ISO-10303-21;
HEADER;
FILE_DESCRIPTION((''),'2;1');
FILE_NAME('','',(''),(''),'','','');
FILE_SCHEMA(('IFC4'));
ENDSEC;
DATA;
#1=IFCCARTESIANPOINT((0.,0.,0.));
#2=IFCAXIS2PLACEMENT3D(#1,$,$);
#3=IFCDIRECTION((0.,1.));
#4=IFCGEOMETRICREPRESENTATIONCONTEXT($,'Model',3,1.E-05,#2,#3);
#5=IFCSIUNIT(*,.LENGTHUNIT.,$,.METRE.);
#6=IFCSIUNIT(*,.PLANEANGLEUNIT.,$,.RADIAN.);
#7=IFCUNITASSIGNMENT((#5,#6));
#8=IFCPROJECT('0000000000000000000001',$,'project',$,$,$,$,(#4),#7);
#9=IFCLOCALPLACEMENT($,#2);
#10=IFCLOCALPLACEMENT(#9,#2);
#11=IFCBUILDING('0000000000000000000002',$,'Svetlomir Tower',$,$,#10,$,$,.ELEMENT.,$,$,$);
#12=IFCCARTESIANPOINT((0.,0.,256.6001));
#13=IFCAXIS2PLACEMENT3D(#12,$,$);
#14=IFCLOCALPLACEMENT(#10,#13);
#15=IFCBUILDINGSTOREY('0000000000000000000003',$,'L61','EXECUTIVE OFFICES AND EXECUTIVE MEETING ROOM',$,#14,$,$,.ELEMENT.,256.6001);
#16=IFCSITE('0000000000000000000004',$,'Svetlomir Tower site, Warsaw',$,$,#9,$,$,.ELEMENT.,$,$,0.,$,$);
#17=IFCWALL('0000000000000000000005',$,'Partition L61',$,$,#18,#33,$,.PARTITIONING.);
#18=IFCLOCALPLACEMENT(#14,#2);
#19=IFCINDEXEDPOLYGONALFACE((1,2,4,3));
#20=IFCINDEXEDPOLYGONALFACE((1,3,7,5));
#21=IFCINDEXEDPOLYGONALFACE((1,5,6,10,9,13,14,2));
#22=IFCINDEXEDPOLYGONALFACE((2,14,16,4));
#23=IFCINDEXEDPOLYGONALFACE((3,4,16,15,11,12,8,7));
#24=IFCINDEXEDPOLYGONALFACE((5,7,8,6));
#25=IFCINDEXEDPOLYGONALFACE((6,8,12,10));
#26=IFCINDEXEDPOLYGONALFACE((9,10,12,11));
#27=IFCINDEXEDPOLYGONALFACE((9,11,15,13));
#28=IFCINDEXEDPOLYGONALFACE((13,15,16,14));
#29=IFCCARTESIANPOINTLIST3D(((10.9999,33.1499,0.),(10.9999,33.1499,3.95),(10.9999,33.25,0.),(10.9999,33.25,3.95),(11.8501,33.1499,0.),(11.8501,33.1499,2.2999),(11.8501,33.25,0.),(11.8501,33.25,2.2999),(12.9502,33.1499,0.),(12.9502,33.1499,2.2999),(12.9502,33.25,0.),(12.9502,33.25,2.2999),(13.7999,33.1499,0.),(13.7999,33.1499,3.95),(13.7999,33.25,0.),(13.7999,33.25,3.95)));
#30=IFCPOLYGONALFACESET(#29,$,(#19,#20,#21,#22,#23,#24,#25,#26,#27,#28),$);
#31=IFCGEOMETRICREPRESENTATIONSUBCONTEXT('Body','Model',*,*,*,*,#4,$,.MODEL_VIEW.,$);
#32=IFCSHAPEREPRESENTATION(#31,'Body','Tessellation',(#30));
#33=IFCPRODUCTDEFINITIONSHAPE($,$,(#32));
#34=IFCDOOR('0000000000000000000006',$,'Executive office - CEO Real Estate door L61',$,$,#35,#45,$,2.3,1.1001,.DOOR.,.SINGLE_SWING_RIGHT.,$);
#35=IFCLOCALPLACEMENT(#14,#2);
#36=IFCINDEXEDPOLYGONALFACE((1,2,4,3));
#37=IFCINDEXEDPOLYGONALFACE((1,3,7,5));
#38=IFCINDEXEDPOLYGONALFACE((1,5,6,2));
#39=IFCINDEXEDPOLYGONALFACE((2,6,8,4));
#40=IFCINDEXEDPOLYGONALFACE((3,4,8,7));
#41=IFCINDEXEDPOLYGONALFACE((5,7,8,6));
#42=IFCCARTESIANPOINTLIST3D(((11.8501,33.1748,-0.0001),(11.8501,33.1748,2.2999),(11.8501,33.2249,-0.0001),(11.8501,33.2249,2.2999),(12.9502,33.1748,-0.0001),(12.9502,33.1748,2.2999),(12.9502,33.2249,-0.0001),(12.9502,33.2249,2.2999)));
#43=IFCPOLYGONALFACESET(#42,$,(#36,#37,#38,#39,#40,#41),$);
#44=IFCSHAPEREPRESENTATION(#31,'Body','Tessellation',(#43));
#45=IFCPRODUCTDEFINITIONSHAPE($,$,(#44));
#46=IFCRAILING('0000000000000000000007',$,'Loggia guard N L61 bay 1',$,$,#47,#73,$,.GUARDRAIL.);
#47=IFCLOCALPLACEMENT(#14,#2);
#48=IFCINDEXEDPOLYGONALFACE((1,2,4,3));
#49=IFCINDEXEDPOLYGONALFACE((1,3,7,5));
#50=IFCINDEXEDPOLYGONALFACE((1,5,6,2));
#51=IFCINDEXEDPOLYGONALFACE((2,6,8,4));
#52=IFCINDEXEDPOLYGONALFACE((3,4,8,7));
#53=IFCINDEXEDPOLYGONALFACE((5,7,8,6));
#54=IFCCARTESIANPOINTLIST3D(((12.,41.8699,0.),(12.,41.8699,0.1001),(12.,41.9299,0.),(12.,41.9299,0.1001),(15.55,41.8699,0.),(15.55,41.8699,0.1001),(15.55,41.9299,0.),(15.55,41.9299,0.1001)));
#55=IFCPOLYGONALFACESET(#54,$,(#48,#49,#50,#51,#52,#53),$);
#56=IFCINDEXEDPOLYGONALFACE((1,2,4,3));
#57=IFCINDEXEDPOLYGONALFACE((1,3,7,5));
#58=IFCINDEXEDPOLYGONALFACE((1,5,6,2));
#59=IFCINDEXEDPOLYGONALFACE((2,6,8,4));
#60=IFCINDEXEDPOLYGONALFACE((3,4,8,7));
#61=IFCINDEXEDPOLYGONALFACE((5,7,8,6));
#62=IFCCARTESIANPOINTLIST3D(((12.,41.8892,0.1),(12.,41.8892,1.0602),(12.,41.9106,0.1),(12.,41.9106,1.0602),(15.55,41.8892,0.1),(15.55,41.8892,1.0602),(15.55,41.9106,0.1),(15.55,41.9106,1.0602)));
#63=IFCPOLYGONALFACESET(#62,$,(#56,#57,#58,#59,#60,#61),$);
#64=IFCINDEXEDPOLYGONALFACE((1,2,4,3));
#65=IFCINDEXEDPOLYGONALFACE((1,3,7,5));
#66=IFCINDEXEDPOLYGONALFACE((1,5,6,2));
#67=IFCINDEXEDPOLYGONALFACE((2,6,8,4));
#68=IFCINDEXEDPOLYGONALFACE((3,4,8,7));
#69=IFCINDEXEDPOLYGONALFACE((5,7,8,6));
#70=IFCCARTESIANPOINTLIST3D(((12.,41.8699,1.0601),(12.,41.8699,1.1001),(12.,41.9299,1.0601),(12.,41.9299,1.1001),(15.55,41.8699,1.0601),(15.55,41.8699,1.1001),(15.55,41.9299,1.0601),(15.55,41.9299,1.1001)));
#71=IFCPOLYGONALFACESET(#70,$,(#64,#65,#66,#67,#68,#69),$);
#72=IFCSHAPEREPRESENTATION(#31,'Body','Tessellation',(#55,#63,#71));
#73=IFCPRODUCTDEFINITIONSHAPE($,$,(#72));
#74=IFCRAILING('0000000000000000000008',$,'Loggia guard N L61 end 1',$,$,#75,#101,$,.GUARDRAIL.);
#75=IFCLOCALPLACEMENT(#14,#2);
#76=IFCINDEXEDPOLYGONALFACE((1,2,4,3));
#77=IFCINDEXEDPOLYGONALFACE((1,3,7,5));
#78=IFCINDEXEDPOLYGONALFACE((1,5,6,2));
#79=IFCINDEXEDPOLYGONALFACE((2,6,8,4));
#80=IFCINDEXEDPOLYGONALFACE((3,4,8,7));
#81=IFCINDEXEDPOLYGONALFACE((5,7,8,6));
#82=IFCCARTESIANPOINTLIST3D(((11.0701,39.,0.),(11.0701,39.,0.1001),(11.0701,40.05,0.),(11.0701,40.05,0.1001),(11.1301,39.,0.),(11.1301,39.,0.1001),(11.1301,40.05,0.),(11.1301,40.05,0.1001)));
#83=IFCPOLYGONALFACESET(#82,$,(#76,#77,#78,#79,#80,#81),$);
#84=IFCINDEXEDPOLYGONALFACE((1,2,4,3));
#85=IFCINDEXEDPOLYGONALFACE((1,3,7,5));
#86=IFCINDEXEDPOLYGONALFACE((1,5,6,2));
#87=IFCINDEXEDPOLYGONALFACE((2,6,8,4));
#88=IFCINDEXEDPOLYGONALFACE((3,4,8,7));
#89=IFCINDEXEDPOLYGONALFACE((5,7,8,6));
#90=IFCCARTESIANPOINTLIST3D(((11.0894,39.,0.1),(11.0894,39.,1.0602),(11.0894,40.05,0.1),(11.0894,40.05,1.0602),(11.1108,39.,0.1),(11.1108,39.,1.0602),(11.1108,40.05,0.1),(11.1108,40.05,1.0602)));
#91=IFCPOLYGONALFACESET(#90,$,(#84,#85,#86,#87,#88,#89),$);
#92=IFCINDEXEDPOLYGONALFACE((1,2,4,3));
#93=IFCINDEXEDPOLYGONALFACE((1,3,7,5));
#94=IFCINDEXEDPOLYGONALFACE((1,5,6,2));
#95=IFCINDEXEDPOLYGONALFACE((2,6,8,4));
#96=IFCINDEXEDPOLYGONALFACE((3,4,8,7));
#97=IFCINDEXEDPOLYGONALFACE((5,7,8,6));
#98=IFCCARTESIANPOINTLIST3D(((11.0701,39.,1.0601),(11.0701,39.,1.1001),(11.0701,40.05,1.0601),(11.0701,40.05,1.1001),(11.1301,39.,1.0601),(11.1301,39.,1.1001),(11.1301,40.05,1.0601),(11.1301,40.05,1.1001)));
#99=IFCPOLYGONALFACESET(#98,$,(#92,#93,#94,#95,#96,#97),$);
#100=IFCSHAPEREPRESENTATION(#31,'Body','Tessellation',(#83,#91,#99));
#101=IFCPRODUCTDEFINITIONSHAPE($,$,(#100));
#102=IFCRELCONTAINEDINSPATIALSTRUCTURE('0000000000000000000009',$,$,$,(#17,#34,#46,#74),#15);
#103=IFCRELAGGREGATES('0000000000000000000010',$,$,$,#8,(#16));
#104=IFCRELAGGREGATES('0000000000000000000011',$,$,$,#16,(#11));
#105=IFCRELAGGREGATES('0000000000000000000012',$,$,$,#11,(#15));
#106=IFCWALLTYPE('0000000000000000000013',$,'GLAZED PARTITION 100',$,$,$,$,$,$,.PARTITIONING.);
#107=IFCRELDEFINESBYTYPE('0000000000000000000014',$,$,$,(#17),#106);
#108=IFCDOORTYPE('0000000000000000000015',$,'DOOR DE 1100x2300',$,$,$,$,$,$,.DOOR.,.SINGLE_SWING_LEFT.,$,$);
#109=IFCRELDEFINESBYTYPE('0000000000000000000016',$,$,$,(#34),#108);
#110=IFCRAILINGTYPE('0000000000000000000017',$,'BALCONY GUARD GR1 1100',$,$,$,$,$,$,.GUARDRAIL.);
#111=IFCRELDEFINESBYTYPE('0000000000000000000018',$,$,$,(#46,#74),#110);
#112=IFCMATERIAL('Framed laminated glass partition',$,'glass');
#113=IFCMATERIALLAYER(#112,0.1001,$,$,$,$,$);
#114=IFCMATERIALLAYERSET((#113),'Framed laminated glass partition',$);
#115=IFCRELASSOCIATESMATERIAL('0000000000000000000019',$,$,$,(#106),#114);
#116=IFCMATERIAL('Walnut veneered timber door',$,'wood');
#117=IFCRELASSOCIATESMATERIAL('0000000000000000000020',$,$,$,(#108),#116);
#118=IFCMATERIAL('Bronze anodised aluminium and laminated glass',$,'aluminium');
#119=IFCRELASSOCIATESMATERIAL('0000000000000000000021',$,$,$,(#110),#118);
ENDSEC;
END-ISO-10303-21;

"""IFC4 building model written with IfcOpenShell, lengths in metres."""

from ifc_helpers import new_model, si_unit, direction, frame, frame_2d, origin, origin_2d, place, context, subcontext, project, spatial, rectangle, extrude, material, layer, layer_set, type_object, element, fill, save


model = new_model("IFC4")

# Units and contexts
model_context = context("Model", 3, precision=1e-05, world=origin(), true_north=direction((0.0, 1.0)))
body_context = subcontext(model_context, "Body", "Model", "MODEL_VIEW")
ifc_project = project(units=[si_unit("LENGTHUNIT", "METRE"), si_unit("PLANEANGLEUNIT", "RADIAN")], contexts=[model_context])

# Site, building, storey
site_placement = place(None, origin())
site = spatial("IfcSite", under=ifc_project, at=site_placement, Name="Svetlomir Tower site, Warsaw", CompositionType="ELEMENT", RefElevation=0.0)
building_placement = place(site_placement, origin())
building = spatial("IfcBuilding", under=site, at=building_placement, Name="Svetlomir Tower", CompositionType="ELEMENT")
storey_placement = place(building_placement, frame((0.0, 0.0, 256.6001)))
storey = spatial("IfcBuildingStorey", under=building, at=storey_placement, Name="L61", Description="EXECUTIVE OFFICES AND EXECUTIVE MEETING ROOM", CompositionType="ELEMENT", Elevation=256.6001)

# Wall, opening, door
ifc_material_1 = material(Name="Framed laminated glass partition", Category="glass")
ifc_layer_1 = layer(ifc_material_1, 0.1001)
ifc_layer_set_1 = layer_set([ifc_layer_1], Name="Framed laminated glass partition")
wall_type = type_object("IfcWallType", Name="GLAZED PARTITION 100", PredefinedType="PARTITIONING", material=ifc_layer_set_1)
wall_placement = place(storey_placement, frame((11.0, 33.2, 0.0), z_axis=(0.0, 0.0, 1.0), x_axis=(1.0, 0.0, 0.0)))
wall = element("IfcWall", 1, at=wall_placement, inside=storey, type_object=wall_type, Name="Partition L61", PredefinedType="PARTITIONING", context=body_context, shape_type="SweptSolid", body=[
    extrude(rectangle(XDim=2.8, YDim=0.1001, at=frame_2d((1.3999, 0.0))), origin(), (0.0, 0.0, 1.0), 3.95),
])
opening_placement = place(wall_placement, frame((0.8501, 0.0, 0.0)))
opening = element("IfcOpeningElement", 2, at=opening_placement, cuts=wall, PredefinedType="OPENING", context=body_context, shape_type="SweptSolid", body=[
    extrude(rectangle(XDim=1.1001, YDim=2.3, at=frame_2d((0.55, 1.1499))), frame((0.0, 0.0601, 0.0), z_axis=(0.0, -1.0, 0.0), x_axis=(1.0, 0.0, 0.0)), (0.0, 0.0, 1.0), 0.1201),
])
ifc_material_2 = material(Name="Walnut veneered timber door", Category="wood")
door_type = type_object("IfcDoorType", Name="DOOR DE 1100x2300", OperationType="SINGLE_SWING_LEFT", PredefinedType="DOOR", material=ifc_material_2)
door_placement = place(opening_placement, origin())
door = element("IfcDoor", 3, at=door_placement, inside=storey, type_object=door_type, Name="Executive office - CEO Real Estate door L61", OperationType="SINGLE_SWING_RIGHT", OverallHeight=2.3, OverallWidth=1.1001, PredefinedType="DOOR", context=body_context, shape_type="SweptSolid", body=[
    extrude(rectangle(XDim=1.1001, YDim=2.3, at=frame_2d((0.55, 1.1499))), frame((0.0, 0.0249, 0.0), z_axis=(0.0, -1.0, 0.0), x_axis=(1.0, 0.0, 0.0)), (0.0, 0.0, 1.0), 0.05),
])
fill(opening, door)

# Railings
ifc_material_3 = material(Name="Bronze anodised aluminium and laminated glass", Category="aluminium")
railing_type = type_object("IfcRailingType", Name="BALCONY GUARD GR1 1100", PredefinedType="GUARDRAIL", material=ifc_material_3)
railing_1_placement = place(storey_placement, frame((12.0, 41.8999, 0.0)))
element("IfcRailing", 4, at=railing_1_placement, inside=storey, type_object=railing_type, Name="Loggia guard N L61 bay 1", PredefinedType="GUARDRAIL", context=body_context, shape_type="SweptSolid", body=[
    extrude(rectangle(XDim=0.0601, YDim=0.1001, at=origin_2d()), frame((0.0, 0.0, 0.05), z_axis=(1.0, 0.0, 0.0), x_axis=(0.0, 1.0, 0.0)), (0.0, 0.0, 1.0), 3.55),
    extrude(rectangle(XDim=0.0215, YDim=0.9602, at=origin_2d()), frame((0.0, 0.0, 0.5801), z_axis=(1.0, 0.0, 0.0), x_axis=(0.0, 1.0, 0.0)), (0.0, 0.0, 1.0), 3.55),
    extrude(rectangle(XDim=0.0601, YDim=0.04, at=origin_2d()), frame((0.0, 0.0, 1.0801), z_axis=(1.0, 0.0, 0.0), x_axis=(0.0, 1.0, 0.0)), (0.0, 0.0, 1.0), 3.55),
])
railing_2_placement = place(storey_placement, frame((11.1001, 40.05, 0.0)))
element("IfcRailing", 5, at=railing_2_placement, inside=storey, type_object=railing_type, Name="Loggia guard N L61 end 1", PredefinedType="GUARDRAIL", context=body_context, shape_type="SweptSolid", body=[
    extrude(rectangle(XDim=0.0601, YDim=0.1001, at=origin_2d()), frame((0.0, 0.0, 0.05), z_axis=(0.0, -1.0, 0.0), x_axis=(1.0, 0.0, 0.0)), (0.0, 0.0, 1.0), 1.05),
    extrude(rectangle(XDim=0.0215, YDim=0.9602, at=origin_2d()), frame((0.0, 0.0, 0.5801), z_axis=(0.0, -1.0, 0.0), x_axis=(1.0, 0.0, 0.0)), (0.0, 0.0, 1.0), 1.05),
    extrude(rectangle(XDim=0.0601, YDim=0.04, at=origin_2d()), frame((0.0, 0.0, 1.0801), z_axis=(0.0, -1.0, 0.0), x_axis=(1.0, 0.0, 0.0)), (0.0, 0.0, 1.0), 1.05),
])

save(model, "model.ifc")
